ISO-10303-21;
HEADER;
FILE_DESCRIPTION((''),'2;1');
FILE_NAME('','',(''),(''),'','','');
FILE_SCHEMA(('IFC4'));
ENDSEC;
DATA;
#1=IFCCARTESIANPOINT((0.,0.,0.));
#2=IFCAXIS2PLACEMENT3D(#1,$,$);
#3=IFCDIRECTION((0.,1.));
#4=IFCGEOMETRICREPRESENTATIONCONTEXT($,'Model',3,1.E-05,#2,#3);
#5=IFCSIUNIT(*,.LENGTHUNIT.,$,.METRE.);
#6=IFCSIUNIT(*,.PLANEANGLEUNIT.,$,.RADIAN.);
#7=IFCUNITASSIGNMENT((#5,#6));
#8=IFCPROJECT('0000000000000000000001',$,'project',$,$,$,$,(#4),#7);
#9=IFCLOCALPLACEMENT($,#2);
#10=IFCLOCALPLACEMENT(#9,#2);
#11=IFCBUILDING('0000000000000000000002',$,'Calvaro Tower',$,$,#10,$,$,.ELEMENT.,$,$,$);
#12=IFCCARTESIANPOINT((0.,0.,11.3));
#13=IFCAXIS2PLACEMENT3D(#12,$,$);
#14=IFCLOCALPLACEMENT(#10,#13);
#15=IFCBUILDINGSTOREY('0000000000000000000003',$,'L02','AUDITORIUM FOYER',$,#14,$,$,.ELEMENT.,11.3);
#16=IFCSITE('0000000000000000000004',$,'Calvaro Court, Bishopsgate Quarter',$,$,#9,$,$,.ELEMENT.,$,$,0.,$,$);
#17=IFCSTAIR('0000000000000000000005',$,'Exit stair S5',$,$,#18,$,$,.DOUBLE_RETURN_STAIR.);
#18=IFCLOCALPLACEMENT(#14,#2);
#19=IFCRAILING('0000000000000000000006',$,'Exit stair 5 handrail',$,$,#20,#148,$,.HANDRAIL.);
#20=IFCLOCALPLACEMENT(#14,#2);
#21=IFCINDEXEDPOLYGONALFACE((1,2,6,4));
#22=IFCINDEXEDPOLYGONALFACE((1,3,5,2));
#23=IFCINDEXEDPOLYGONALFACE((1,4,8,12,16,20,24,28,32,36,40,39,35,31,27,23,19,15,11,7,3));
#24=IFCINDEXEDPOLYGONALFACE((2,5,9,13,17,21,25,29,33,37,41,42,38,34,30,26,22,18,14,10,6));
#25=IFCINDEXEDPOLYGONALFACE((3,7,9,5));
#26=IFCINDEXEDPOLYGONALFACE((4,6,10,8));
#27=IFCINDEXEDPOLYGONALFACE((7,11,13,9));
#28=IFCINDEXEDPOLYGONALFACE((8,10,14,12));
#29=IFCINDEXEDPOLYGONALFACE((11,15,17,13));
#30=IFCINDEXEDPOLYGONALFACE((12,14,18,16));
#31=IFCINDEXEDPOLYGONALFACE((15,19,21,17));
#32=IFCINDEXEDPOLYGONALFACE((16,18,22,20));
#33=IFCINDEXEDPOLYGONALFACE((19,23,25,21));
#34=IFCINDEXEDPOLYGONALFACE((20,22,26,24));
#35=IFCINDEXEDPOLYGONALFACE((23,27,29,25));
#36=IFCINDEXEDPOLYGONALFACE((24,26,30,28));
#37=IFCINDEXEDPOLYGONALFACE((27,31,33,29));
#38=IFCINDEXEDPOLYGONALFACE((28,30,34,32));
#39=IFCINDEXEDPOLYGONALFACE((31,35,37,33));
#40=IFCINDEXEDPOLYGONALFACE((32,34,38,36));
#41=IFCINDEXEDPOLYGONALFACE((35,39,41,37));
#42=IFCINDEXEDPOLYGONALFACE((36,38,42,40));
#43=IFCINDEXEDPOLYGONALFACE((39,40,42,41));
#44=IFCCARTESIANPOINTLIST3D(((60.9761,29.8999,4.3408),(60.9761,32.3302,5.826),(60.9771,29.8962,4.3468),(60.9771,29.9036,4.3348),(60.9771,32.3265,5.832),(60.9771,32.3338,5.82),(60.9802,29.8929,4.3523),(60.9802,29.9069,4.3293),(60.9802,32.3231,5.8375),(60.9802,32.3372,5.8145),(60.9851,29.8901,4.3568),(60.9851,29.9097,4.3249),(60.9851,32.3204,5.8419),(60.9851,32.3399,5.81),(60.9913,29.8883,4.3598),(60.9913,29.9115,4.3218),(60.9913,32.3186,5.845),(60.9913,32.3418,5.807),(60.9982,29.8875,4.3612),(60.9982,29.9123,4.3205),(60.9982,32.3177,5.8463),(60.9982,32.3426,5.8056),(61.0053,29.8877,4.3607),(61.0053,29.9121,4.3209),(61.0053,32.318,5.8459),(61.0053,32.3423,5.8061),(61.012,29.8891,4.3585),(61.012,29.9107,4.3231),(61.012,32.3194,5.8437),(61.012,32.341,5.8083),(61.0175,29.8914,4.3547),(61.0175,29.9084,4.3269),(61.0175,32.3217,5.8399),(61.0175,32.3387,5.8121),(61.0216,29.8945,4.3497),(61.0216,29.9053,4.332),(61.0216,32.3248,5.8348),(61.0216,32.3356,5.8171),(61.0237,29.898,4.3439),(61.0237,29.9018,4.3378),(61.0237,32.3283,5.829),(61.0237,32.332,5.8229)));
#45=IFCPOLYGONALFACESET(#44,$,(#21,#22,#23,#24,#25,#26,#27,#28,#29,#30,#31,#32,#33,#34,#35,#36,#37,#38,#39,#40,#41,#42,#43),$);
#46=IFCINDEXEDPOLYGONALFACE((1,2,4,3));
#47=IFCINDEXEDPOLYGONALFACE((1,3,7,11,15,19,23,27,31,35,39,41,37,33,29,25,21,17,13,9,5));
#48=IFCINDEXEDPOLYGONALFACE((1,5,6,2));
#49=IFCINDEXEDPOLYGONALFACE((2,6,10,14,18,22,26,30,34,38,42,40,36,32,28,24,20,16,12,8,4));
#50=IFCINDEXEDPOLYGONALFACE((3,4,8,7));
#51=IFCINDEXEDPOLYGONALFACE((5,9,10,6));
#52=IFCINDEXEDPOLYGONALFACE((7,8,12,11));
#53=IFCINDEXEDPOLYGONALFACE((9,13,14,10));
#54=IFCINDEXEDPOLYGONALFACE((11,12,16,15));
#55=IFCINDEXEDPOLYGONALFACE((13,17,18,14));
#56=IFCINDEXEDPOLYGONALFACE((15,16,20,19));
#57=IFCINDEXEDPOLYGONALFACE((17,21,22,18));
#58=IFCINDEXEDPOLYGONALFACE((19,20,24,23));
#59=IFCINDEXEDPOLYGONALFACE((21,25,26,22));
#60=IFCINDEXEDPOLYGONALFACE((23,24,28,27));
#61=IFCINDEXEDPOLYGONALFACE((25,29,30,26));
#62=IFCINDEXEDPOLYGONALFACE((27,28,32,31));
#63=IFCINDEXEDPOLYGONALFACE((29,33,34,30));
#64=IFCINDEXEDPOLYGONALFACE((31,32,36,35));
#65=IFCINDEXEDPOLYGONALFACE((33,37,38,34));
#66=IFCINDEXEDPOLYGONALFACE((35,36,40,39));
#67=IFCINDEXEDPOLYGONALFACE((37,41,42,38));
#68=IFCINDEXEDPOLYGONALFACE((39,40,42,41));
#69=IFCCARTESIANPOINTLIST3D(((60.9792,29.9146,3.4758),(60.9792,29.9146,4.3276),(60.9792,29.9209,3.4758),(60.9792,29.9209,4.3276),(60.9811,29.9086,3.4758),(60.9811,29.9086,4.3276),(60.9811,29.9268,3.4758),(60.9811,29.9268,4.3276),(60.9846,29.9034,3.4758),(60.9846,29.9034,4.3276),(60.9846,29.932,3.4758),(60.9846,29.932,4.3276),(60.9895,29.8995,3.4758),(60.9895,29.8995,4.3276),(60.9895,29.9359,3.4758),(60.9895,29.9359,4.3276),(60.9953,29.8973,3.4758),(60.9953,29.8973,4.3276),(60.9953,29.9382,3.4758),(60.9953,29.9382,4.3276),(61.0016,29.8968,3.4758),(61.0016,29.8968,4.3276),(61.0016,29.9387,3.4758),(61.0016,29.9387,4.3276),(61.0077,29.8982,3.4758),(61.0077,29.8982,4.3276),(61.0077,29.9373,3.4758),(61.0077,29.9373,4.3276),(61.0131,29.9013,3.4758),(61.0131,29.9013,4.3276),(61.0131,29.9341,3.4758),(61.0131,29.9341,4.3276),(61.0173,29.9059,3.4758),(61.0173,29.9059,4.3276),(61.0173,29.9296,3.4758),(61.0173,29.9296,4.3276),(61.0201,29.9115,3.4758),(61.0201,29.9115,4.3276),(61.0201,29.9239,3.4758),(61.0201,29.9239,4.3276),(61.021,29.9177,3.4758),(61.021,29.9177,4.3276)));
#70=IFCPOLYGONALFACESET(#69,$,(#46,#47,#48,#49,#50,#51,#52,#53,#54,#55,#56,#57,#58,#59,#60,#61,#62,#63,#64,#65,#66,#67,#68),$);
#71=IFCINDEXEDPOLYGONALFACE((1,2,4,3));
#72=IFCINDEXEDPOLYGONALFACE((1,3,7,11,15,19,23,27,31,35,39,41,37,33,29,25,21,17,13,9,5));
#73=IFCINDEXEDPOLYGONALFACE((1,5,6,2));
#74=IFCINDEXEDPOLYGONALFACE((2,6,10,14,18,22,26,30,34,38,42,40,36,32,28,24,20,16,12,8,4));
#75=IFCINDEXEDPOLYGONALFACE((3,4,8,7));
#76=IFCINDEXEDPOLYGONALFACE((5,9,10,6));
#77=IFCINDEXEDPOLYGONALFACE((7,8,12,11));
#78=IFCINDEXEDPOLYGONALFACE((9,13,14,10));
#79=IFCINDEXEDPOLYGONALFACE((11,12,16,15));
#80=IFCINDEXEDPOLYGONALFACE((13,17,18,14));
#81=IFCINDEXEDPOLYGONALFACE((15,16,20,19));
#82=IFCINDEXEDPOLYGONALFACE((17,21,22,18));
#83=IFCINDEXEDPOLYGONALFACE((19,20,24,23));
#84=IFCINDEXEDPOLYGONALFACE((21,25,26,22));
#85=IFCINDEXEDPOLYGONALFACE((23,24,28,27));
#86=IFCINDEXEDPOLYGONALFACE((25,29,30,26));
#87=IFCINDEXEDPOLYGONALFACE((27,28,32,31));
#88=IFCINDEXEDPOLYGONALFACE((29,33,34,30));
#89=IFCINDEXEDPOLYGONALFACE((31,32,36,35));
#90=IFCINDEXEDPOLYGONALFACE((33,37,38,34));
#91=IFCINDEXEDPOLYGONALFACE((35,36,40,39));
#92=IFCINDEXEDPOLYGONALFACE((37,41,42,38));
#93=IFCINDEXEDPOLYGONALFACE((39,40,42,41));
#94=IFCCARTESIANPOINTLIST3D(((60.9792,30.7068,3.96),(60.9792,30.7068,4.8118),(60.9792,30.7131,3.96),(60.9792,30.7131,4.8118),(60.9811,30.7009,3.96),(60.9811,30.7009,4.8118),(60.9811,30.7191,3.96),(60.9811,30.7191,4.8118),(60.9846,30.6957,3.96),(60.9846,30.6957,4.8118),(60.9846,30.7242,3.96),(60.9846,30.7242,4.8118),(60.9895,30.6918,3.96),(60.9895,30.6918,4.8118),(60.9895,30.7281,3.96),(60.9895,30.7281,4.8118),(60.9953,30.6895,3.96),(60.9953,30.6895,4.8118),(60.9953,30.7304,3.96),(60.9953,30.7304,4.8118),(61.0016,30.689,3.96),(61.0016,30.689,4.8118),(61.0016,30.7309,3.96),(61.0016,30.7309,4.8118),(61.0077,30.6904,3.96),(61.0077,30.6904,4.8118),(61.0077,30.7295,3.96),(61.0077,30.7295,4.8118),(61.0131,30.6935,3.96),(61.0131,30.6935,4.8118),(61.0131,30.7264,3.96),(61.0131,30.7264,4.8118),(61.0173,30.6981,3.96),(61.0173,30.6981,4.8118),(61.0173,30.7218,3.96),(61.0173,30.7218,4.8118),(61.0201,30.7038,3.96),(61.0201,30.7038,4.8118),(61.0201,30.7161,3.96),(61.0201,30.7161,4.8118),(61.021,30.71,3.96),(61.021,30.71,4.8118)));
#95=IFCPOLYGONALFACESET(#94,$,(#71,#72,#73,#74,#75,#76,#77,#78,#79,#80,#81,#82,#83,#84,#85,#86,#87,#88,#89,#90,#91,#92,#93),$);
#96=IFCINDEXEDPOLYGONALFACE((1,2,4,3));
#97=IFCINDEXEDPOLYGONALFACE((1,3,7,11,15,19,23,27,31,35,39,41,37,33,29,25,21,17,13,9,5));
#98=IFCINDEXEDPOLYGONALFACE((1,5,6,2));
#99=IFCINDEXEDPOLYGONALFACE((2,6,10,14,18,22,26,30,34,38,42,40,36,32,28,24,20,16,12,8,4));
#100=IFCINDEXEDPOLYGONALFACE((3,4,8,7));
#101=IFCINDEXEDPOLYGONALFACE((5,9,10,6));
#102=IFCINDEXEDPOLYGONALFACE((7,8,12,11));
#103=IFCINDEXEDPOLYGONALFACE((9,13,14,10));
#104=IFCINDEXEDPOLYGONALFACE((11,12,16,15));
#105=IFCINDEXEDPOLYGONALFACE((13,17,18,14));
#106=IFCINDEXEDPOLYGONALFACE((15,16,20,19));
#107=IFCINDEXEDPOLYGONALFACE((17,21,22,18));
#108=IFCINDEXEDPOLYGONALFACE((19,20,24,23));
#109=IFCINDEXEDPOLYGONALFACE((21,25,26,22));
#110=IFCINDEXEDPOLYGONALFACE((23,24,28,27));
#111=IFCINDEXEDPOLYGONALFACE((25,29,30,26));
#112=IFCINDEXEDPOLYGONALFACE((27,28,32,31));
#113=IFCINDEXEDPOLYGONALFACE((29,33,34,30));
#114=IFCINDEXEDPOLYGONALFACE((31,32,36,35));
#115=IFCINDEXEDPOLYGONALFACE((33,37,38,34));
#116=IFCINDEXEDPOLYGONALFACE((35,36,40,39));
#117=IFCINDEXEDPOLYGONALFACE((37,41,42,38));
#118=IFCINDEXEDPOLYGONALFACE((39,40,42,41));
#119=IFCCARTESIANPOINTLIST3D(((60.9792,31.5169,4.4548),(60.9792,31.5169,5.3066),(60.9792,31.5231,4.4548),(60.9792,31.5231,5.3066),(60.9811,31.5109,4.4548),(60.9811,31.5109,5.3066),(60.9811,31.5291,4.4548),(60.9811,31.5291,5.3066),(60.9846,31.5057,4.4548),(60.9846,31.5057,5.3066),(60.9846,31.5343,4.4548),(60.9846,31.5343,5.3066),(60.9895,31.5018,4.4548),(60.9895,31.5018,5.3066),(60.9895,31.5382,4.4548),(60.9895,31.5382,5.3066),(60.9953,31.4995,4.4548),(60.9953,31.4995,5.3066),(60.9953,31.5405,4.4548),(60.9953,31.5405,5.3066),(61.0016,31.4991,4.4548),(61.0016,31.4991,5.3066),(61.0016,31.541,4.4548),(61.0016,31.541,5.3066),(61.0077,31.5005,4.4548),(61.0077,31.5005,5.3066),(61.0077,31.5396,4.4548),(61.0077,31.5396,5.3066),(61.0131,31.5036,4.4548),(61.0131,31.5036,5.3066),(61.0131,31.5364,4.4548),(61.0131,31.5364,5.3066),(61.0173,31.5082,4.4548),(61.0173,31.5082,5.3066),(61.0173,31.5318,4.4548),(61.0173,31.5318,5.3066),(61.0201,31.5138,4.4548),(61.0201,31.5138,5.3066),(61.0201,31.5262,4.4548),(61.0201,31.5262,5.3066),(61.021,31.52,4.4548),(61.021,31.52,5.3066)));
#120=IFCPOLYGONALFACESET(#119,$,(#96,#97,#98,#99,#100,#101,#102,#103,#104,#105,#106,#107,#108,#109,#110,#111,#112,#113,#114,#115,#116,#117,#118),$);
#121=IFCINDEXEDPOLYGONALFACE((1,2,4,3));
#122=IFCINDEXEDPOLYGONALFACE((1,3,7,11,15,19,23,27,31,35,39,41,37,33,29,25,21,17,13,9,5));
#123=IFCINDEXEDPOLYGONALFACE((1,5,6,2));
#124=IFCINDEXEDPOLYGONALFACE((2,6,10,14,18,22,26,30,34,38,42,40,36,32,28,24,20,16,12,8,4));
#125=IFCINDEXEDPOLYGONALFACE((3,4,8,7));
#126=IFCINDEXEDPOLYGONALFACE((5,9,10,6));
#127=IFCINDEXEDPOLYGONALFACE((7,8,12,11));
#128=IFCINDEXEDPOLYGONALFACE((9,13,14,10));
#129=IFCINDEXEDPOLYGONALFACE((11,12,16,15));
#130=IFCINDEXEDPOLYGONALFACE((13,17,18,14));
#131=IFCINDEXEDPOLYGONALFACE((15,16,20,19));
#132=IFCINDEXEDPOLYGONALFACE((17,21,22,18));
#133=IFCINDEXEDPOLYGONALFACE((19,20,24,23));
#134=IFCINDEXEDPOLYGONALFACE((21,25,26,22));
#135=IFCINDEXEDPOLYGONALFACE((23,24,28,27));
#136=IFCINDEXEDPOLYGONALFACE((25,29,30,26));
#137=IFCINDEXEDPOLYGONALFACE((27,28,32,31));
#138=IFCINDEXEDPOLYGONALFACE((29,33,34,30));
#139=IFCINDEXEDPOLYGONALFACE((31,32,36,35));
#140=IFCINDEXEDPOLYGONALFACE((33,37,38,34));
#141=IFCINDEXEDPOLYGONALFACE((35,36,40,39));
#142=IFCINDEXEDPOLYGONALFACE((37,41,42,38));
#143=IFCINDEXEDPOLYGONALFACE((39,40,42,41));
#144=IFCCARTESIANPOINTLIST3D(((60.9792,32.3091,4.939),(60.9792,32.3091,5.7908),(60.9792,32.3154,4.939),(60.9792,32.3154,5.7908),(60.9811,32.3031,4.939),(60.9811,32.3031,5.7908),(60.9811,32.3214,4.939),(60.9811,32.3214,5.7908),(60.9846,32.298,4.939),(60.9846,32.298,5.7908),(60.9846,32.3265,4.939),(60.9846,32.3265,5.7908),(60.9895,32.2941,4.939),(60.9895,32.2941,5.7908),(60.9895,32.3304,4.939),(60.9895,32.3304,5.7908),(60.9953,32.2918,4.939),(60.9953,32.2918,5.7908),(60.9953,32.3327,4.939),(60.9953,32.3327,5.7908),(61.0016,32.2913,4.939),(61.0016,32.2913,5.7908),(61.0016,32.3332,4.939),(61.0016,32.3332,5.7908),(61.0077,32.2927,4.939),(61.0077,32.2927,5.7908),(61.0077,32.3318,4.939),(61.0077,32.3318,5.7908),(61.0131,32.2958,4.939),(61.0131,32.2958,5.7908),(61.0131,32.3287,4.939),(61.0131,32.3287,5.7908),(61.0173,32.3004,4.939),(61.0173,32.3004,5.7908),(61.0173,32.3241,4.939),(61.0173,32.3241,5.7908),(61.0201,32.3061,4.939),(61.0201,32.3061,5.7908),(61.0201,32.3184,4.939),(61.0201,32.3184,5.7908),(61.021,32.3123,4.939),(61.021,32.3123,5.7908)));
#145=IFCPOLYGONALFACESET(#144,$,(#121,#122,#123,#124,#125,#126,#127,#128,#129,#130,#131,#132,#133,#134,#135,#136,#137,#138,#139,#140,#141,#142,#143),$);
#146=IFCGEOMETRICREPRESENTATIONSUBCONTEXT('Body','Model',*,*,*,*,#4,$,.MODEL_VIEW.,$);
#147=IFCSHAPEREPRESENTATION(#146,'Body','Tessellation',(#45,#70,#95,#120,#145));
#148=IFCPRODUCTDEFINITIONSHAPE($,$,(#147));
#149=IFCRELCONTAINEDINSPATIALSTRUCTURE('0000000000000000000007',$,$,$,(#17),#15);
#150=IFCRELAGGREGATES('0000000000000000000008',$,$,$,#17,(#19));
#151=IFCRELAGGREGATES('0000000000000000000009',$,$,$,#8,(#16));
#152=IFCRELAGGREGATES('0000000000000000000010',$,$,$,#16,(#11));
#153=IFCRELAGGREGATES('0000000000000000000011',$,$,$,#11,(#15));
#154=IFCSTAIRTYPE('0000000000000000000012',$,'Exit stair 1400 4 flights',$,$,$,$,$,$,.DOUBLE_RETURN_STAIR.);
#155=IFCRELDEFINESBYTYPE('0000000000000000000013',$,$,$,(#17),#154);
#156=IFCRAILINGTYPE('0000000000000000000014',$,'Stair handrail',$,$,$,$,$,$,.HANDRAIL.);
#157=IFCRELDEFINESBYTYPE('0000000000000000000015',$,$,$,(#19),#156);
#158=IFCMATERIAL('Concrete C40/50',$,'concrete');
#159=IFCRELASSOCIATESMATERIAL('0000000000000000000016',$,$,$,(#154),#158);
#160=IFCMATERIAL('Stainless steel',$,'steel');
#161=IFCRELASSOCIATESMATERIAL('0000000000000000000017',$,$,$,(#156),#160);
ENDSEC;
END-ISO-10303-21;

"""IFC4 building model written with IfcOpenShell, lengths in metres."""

from ifc_helpers import new_model, si_unit, direction, frame, origin, origin_2d, place, context, subcontext, project, spatial, circle, extrude, material, type_object, element, aggregate, save


model = new_model("IFC4")

# Units and contexts
model_context = context("Model", 3, precision=1e-05, world=origin(), true_north=direction((0.0, 1.0)))
body_context = subcontext(model_context, "Body", "Model", "MODEL_VIEW")
ifc_project = project(units=[si_unit("LENGTHUNIT", "METRE"), si_unit("PLANEANGLEUNIT", "RADIAN")], contexts=[model_context])

# Site, building, storey
site_placement = place(None, origin())
site = spatial("IfcSite", under=ifc_project, at=site_placement, Name="Calvaro Court, Bishopsgate Quarter", CompositionType="ELEMENT", RefElevation=0.0)
building_placement = place(site_placement, origin())
building = spatial("IfcBuilding", under=site, at=building_placement, Name="Calvaro Tower", CompositionType="ELEMENT")
storey_placement = place(building_placement, frame((0.0, 0.0, 11.3)))
storey = spatial("IfcBuildingStorey", under=building, at=storey_placement, Name="L02", Description="AUDITORIUM FOYER", CompositionType="ELEMENT", Elevation=11.3)

# Stair
ifc_material_1 = material(Name="Concrete C40/50", Category="concrete")
stair_type = type_object("IfcStairType", Name="Exit stair 1400 4 flights", PredefinedType="DOUBLE_RETURN_STAIR", material=ifc_material_1)
stair_1_placement = place(storey_placement, origin())
stair_1 = element("IfcStair", 1, at=stair_1_placement, inside=storey, type_object=stair_type, Name="Exit stair S5", PredefinedType="DOUBLE_RETURN_STAIR")

# Shared definitions
ifc_material_2 = material(Name="Stainless steel", Category="steel")
railing_type = type_object("IfcRailingType", Name="Stair handrail", PredefinedType="HANDRAIL", material=ifc_material_2)

# Railing
railing_1_placement = place(storey_placement, frame((61.0, 29.8999, 3.4648)))
railing_1 = element("IfcRailing", 2, at=railing_1_placement, type_object=railing_type, Name="Exit stair 5 handrail", PredefinedType="HANDRAIL", context=body_context, shape_type="SweptSolid", body=[
    extrude(circle(Radius=0.0239, at=origin_2d()), frame((0.0, 0.0, 0.876), z_axis=(0.0, 0.853282, 0.52145), x_axis=(-1.0, 0.0, 0.0)), (0.0, 0.0, 1.0), 2.8481),
    extrude(circle(Radius=0.021, at=origin_2d()), frame((0.0, 0.0178, 0.011)), (0.0, 0.0, 1.0), 0.8518),
    extrude(circle(Radius=0.021, at=origin_2d()), frame((0.0, 0.8101, 0.4951)), (0.0, 0.0, 1.0), 0.8518),
    extrude(circle(Radius=0.021, at=origin_2d()), frame((0.0, 1.6201, 0.99)), (0.0, 0.0, 1.0), 0.8518),
    extrude(circle(Radius=0.021, at=origin_2d()), frame((0.0, 2.4124, 1.4741)), (0.0, 0.0, 1.0), 0.8518),
])
aggregate(stair_1, [railing_1])

save(model, "model.ifc")
